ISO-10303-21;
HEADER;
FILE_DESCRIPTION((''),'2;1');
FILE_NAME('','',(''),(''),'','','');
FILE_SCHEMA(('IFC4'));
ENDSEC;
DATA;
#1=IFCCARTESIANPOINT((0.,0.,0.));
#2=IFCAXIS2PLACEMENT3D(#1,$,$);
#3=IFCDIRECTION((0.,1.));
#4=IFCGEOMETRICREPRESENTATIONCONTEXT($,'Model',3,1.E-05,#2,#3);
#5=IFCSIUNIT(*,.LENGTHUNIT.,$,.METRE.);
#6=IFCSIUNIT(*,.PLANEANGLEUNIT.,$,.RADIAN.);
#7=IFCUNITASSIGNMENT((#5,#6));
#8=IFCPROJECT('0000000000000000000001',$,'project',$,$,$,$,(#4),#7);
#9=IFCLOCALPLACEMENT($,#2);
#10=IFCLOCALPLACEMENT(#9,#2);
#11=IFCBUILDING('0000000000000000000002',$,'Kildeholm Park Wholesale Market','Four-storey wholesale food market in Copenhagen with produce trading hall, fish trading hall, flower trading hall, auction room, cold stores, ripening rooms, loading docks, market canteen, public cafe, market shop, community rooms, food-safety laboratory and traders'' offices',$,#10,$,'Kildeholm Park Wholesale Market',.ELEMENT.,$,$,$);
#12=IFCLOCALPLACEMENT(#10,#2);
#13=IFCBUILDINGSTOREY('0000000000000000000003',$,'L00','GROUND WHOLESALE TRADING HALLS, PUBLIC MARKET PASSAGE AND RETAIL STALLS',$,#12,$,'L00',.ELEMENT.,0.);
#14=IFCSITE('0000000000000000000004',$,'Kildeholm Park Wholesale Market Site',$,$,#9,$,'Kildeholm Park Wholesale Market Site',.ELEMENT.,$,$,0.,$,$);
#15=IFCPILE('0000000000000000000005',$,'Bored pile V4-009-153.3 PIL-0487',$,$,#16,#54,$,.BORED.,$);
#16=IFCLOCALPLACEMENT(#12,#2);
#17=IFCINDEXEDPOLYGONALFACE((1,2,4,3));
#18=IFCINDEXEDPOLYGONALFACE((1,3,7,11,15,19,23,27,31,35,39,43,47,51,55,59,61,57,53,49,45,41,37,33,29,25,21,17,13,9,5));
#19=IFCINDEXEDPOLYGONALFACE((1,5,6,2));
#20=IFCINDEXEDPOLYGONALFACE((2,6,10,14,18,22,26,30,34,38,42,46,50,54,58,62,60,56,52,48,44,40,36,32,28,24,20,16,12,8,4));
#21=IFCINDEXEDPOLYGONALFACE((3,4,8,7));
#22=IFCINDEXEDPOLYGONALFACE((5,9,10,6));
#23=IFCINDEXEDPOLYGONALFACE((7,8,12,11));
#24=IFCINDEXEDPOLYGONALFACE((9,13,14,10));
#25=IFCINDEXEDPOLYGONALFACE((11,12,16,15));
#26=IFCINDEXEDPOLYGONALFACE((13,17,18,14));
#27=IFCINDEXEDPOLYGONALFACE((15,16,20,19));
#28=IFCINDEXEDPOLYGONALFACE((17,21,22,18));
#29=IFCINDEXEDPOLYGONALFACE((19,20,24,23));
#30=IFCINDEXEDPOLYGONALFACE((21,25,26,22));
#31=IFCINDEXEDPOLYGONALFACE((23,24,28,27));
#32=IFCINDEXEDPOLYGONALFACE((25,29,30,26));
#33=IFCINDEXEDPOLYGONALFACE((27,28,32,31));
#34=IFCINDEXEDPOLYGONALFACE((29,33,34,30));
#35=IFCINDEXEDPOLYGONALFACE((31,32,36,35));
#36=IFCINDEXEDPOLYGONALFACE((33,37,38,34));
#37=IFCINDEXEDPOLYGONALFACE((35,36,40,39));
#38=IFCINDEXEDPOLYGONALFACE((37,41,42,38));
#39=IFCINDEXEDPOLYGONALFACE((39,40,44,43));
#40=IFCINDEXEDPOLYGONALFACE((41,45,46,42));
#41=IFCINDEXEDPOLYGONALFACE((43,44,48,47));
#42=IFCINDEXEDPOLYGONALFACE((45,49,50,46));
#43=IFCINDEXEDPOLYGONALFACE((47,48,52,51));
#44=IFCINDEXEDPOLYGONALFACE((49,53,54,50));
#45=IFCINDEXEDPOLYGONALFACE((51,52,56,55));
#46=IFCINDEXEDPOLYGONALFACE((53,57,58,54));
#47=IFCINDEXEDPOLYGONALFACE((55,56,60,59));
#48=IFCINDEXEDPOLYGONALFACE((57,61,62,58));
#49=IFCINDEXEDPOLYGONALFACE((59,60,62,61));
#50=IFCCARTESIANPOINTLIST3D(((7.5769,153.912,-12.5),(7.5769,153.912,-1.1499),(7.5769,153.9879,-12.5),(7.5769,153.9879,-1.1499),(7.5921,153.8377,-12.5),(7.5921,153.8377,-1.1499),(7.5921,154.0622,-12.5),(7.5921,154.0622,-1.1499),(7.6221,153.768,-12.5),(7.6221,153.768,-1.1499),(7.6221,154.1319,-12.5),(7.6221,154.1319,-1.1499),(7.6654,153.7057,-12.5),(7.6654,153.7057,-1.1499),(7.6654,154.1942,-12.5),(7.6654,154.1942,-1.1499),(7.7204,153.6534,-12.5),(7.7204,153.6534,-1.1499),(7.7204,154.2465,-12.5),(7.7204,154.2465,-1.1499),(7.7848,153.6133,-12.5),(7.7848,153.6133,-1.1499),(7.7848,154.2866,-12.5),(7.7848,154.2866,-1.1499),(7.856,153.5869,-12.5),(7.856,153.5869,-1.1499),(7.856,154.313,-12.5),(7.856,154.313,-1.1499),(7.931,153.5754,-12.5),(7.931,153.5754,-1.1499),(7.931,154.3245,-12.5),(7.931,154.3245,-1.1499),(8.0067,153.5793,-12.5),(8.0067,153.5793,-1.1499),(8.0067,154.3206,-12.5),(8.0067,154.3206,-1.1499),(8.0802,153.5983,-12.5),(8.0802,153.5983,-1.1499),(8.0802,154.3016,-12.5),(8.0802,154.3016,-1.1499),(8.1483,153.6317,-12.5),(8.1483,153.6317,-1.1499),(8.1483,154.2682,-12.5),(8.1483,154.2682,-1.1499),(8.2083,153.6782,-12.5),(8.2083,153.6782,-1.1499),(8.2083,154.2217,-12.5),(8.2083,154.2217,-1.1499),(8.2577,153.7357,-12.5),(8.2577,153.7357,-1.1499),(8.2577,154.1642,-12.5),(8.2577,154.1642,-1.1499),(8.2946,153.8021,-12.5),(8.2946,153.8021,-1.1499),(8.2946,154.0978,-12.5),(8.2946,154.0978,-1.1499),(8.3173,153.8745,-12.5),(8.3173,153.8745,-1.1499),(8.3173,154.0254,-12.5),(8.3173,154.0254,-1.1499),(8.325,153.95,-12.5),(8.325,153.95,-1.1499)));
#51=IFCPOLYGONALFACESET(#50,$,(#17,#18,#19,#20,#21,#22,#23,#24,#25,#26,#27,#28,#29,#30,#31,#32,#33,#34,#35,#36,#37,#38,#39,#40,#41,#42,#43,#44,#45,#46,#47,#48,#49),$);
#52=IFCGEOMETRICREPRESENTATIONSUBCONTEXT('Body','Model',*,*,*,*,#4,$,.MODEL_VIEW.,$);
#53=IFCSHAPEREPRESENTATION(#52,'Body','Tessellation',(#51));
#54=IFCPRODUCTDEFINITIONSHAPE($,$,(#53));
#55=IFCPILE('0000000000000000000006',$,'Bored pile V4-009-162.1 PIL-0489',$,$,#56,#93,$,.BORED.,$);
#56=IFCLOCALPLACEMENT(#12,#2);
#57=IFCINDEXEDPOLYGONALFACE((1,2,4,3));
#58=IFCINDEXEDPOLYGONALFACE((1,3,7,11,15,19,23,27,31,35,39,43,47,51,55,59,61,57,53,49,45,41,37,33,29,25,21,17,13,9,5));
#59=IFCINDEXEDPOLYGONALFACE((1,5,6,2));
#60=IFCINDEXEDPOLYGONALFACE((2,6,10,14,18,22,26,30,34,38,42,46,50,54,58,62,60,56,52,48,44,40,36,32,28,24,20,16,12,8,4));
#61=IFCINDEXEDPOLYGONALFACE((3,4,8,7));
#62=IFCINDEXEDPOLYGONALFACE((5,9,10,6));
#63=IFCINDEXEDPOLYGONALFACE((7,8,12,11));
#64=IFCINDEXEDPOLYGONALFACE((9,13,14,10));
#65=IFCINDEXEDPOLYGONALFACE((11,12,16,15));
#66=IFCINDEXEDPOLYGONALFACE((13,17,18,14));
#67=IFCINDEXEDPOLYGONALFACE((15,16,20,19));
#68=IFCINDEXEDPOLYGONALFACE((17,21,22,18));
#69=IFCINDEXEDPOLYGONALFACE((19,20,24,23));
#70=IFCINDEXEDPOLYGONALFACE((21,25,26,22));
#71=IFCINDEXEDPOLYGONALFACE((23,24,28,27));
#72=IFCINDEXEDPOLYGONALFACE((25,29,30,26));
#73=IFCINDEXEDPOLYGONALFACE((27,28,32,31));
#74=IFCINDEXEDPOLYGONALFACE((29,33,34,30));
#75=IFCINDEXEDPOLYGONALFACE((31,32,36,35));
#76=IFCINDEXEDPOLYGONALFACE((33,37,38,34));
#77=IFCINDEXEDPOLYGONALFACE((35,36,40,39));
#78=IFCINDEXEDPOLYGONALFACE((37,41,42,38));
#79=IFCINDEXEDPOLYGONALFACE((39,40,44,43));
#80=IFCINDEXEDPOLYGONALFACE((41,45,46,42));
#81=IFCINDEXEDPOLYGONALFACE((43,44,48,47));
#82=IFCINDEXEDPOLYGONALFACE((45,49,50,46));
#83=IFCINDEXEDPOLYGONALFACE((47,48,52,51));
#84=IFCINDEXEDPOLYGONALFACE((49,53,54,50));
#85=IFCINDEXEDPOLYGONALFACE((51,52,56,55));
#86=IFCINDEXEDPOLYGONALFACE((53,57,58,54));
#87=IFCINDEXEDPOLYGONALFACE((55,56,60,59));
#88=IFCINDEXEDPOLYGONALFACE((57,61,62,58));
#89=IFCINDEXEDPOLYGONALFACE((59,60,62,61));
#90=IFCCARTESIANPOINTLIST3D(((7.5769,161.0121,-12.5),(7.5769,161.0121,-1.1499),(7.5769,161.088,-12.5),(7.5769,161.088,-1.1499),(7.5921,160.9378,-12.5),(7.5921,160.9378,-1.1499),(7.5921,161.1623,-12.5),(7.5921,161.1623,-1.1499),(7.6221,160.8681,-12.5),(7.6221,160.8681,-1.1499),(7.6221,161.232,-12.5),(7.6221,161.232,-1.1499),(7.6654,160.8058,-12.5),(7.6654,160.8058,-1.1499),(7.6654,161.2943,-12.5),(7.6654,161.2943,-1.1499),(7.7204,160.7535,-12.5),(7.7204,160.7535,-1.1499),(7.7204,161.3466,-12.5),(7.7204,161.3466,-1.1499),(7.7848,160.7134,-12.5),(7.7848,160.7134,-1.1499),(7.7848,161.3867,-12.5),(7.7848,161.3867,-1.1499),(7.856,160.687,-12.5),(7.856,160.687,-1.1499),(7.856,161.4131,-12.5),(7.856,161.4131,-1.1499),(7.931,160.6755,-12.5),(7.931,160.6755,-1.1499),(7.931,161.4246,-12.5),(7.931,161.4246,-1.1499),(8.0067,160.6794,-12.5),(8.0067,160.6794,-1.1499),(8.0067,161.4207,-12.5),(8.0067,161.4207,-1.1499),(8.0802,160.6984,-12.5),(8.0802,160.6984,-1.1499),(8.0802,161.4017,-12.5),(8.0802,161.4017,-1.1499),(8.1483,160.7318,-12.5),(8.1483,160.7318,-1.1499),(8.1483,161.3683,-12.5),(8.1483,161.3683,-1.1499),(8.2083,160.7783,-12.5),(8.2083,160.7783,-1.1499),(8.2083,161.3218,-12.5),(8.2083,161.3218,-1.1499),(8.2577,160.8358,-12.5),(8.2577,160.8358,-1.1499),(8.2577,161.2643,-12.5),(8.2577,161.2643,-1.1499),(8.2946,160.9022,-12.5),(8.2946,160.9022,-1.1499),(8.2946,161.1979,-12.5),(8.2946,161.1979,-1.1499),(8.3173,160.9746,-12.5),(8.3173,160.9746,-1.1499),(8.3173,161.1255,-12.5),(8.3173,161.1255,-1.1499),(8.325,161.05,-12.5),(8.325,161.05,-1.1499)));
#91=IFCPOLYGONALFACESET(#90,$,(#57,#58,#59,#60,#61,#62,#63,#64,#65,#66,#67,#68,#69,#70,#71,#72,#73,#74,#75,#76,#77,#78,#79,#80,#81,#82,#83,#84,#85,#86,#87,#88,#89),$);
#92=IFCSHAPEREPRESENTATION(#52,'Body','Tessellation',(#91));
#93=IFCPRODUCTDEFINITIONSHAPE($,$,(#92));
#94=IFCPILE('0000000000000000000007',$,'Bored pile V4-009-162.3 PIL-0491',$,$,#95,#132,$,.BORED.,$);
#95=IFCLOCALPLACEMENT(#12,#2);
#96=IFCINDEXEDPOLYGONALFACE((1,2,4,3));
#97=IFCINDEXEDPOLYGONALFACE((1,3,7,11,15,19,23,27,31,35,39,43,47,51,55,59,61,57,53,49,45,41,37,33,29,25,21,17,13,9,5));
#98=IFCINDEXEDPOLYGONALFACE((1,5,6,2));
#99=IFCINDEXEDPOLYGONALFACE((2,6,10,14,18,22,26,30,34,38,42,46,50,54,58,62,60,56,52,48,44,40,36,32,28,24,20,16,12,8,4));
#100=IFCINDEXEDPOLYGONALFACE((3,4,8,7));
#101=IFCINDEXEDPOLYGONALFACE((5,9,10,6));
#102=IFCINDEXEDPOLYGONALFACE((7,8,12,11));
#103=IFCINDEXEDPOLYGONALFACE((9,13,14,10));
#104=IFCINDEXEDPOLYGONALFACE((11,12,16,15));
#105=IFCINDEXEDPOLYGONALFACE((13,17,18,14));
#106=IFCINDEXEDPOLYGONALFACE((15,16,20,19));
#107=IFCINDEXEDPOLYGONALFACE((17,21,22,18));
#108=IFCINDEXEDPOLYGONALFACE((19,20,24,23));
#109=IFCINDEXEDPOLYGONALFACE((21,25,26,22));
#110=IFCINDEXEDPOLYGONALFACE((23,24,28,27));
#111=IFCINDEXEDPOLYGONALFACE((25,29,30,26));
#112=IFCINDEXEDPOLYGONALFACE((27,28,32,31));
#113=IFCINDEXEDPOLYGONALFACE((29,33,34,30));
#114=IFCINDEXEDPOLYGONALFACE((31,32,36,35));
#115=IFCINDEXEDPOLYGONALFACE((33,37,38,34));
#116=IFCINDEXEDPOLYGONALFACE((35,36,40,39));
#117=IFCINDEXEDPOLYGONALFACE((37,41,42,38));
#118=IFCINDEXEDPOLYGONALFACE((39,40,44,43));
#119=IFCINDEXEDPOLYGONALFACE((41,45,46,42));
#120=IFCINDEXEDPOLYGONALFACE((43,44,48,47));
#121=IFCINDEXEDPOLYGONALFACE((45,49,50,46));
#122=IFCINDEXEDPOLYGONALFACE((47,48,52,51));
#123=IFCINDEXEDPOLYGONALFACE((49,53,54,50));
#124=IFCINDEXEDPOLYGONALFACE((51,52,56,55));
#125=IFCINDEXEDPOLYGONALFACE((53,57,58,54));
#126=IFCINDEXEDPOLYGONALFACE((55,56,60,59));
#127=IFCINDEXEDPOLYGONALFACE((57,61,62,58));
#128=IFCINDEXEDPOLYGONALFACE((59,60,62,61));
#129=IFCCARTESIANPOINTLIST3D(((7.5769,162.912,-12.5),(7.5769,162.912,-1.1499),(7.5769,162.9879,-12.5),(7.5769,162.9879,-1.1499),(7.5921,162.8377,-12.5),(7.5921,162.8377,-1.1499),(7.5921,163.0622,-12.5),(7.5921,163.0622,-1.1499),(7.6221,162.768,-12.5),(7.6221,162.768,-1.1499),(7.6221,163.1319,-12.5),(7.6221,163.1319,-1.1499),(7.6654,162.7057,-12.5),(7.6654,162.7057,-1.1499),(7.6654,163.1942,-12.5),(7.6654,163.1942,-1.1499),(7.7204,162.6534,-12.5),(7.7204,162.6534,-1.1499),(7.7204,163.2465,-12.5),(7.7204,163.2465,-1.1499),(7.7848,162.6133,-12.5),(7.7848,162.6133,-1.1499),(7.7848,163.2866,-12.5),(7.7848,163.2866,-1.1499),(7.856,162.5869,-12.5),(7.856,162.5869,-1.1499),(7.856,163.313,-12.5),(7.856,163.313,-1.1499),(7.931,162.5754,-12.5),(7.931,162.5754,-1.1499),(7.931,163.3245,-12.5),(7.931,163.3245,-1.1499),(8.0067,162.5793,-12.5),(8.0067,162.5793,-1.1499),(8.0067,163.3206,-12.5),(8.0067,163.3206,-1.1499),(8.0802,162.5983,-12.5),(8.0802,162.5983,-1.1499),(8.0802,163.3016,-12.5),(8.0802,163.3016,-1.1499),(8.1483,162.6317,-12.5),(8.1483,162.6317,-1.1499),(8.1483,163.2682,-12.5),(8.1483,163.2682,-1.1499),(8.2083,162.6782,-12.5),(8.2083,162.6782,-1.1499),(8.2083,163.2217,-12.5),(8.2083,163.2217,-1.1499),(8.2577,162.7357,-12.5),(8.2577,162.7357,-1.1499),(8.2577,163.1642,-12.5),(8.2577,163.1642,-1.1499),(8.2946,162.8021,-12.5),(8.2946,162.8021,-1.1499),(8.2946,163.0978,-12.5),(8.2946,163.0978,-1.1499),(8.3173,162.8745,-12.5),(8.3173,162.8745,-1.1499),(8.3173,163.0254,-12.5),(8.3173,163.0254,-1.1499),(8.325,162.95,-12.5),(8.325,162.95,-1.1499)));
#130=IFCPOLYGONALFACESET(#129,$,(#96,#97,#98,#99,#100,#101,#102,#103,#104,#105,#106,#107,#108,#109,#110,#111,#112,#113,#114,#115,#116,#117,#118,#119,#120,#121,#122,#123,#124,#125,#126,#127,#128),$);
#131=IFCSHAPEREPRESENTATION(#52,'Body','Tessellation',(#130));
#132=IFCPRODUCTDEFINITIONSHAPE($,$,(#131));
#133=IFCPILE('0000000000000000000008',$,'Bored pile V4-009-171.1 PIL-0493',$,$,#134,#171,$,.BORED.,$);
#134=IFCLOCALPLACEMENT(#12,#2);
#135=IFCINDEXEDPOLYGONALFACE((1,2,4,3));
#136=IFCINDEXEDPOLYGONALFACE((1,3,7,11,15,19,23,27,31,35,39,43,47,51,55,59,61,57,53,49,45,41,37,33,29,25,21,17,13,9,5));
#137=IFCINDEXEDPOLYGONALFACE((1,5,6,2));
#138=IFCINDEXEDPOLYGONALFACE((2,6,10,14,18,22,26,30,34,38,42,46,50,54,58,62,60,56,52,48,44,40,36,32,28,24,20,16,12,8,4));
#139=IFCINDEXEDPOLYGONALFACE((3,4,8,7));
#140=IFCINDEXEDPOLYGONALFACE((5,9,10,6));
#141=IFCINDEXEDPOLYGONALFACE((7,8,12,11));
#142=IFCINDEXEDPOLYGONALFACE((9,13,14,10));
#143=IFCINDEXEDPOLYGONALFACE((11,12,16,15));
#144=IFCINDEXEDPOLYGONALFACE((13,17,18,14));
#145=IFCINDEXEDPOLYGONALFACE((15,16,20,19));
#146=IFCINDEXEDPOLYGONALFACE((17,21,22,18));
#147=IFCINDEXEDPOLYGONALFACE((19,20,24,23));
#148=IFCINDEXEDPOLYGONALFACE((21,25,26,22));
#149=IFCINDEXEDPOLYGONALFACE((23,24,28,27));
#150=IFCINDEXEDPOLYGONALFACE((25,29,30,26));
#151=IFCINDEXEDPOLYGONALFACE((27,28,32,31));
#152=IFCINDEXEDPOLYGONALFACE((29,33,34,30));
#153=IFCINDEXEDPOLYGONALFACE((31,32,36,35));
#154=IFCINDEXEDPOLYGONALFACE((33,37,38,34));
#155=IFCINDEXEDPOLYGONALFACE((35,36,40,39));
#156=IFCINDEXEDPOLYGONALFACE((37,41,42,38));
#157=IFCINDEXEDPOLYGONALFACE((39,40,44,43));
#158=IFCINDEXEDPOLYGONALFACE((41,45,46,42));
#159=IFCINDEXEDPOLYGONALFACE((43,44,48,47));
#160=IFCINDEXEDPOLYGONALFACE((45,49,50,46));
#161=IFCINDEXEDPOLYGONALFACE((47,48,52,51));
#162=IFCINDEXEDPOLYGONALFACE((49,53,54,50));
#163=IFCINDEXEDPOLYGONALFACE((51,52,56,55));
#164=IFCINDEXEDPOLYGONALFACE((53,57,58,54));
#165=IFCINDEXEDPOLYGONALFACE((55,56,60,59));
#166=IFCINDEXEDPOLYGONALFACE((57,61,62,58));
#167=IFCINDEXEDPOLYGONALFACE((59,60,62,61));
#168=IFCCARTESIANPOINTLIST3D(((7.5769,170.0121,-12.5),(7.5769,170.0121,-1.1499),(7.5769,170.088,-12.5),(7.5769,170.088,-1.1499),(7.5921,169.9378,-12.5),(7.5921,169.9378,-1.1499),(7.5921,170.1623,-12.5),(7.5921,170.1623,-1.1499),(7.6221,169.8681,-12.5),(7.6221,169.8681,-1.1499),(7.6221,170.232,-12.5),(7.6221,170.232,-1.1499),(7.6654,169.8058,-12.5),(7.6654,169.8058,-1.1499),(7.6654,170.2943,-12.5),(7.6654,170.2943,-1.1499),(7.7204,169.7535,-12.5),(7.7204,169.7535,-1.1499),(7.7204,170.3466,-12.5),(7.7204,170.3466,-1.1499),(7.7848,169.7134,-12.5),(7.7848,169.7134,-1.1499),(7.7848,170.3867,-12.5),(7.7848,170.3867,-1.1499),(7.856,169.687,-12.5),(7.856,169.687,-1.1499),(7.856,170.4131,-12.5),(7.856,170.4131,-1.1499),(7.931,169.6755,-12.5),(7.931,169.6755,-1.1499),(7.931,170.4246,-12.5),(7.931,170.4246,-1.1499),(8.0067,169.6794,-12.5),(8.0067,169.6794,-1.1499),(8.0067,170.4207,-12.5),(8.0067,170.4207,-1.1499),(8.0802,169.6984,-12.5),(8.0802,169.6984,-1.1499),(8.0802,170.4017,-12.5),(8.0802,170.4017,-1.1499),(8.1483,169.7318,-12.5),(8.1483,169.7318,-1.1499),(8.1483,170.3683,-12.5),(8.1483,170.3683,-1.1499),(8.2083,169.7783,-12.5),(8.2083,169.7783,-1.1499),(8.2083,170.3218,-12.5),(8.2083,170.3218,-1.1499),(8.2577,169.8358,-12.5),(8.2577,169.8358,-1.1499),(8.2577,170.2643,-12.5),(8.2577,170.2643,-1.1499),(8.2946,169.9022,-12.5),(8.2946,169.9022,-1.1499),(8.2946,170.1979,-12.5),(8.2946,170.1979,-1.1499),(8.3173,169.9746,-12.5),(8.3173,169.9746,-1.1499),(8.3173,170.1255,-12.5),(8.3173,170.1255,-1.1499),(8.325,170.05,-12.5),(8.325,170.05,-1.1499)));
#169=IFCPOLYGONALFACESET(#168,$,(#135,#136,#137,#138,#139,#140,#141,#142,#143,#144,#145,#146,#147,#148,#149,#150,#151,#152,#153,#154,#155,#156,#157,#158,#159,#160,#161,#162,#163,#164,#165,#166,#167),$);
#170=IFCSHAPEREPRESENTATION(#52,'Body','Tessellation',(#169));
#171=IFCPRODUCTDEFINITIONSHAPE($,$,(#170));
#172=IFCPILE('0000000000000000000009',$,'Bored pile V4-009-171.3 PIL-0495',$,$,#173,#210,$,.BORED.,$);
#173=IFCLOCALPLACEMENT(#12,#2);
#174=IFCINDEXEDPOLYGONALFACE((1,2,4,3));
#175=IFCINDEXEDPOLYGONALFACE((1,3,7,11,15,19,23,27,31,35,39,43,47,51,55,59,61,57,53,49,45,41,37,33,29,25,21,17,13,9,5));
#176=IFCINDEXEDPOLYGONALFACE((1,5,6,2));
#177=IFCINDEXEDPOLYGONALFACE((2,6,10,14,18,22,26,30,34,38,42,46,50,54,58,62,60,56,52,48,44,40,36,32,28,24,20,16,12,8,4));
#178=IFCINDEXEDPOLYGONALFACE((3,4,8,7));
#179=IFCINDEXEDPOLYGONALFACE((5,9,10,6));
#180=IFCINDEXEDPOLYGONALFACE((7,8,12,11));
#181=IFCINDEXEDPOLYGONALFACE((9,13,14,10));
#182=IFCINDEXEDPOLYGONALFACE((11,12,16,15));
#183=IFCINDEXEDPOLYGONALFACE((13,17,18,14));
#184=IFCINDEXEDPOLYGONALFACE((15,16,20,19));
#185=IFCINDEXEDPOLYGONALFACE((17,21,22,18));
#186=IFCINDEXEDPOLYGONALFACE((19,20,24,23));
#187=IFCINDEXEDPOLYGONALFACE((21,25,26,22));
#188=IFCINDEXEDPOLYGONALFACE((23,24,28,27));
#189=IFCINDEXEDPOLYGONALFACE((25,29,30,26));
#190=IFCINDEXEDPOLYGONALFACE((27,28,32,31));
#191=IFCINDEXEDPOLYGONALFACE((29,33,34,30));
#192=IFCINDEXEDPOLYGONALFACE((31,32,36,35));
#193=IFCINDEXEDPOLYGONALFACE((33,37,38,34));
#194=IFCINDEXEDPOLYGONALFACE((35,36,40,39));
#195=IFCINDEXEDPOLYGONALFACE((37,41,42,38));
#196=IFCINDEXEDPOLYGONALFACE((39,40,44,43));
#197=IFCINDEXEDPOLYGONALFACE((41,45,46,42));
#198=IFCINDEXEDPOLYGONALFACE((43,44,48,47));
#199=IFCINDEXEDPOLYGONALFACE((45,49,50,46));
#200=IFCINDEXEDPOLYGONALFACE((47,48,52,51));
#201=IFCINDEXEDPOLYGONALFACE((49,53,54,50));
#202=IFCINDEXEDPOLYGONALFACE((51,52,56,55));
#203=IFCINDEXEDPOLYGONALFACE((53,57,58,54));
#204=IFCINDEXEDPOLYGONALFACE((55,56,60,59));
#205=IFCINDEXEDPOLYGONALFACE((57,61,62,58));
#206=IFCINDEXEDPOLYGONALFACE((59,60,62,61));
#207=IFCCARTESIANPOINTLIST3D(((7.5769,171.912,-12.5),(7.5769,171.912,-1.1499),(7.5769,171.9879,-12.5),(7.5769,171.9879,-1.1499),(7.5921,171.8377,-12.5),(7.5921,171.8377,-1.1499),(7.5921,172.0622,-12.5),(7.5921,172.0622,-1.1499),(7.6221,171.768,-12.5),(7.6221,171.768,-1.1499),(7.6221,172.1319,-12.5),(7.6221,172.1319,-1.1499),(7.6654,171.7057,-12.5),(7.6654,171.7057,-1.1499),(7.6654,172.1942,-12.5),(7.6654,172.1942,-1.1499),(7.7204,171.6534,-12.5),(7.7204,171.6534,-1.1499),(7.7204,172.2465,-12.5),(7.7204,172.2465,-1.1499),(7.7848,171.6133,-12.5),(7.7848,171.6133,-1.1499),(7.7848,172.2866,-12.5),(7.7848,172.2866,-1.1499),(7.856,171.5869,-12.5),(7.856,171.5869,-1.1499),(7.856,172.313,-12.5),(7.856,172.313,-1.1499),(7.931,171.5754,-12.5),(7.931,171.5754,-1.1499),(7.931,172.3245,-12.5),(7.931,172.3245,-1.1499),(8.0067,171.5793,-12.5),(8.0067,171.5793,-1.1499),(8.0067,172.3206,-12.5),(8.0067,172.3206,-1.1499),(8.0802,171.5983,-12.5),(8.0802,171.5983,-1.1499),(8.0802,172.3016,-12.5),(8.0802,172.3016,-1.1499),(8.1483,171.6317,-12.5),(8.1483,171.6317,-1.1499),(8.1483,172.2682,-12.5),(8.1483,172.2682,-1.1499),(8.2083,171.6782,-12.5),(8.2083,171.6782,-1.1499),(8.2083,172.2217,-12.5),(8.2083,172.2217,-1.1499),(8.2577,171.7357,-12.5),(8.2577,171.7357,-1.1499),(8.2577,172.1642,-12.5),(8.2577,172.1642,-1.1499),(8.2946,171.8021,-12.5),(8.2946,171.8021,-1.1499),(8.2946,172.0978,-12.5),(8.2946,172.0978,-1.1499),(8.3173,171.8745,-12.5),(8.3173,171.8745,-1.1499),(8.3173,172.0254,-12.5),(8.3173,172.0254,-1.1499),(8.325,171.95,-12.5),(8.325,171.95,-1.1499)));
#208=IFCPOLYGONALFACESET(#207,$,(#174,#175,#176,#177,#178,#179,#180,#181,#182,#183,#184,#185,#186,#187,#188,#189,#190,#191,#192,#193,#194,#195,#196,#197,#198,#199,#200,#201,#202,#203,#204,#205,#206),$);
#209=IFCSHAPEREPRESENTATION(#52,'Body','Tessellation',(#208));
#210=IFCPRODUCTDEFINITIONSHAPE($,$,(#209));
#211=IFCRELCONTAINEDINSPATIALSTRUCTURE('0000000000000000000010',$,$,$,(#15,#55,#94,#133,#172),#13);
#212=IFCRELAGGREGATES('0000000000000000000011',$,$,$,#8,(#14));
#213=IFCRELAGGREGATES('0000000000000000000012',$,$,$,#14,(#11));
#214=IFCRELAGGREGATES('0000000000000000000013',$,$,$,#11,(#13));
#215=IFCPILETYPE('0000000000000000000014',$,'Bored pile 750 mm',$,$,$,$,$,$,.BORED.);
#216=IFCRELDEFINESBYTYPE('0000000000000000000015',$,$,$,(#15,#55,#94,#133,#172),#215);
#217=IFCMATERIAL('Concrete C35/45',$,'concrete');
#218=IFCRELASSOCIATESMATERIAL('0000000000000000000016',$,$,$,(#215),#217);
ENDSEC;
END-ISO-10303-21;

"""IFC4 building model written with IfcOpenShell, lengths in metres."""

from ifc_helpers import new_model, si_unit, direction, frame, origin, origin_2d, place, context, subcontext, project, spatial, circle, extrude, material, material_profile, profile_set, type_object, element, save


model = new_model("IFC4")

# Units and contexts
model_context = context("Model", 3, precision=1e-05, world=origin(), true_north=direction((0.0, 1.0)))
body_context = subcontext(model_context, "Body", "Model", "MODEL_VIEW")
ifc_project = project(units=[si_unit("LENGTHUNIT", "METRE"), si_unit("PLANEANGLEUNIT", "RADIAN")], contexts=[model_context])

# Site, building, storey
site_placement = place(None, origin())
site = spatial("IfcSite", under=ifc_project, at=site_placement, Name="Kildeholm Park Wholesale Market Site", LongName="Kildeholm Park Wholesale Market Site", CompositionType="ELEMENT", RefElevation=0.0)
building_placement = place(site_placement, origin())
building = spatial("IfcBuilding", under=site, at=building_placement, Name="Kildeholm Park Wholesale Market", Description="Four-storey wholesale food market in Copenhagen with produce trading hall, fish trading hall, flower trading hall, auction room, cold stores, ripening rooms, loading docks, market canteen, public cafe, market shop, community rooms, food-safety laboratory and traders' offices", LongName="Kildeholm Park Wholesale Market", CompositionType="ELEMENT")
storey_placement = place(building_placement, origin())
storey = spatial("IfcBuildingStorey", under=building, at=storey_placement, Name="L00", Description="GROUND WHOLESALE TRADING HALLS, PUBLIC MARKET PASSAGE AND RETAIL STALLS", LongName="L00", CompositionType="ELEMENT", Elevation=0.0)

# Piles
ifc_material_1 = material(Name="Concrete C35/45", Category="concrete")
ifc_material_profile_1 = material_profile(ifc_material_1, circle(Radius=0.375, at=origin_2d()), Name="PILE D750")
ifc_profile_set_1 = profile_set([ifc_material_profile_1], Name="Concrete C35/45")
pile_type = type_object("IfcPileType", Name="Bored pile 750 mm", PredefinedType="BORED", material=ifc_profile_set_1)
for number, where, z_axis, x_axis, name in (
    (1, (7.95, 153.95, -1.1499), (0.0, 0.0, -1.0), (1.0, 0.0, 0.0), "Bored pile V4-009-153.3 PIL-0487"),
    (2, (7.95, 161.05, -1.1499), (0.0, 0.0, -1.0), (1.0, 0.0, 0.0), "Bored pile V4-009-162.1 PIL-0489"),
    (3, (7.95, 162.95, -1.1499), (0.0, 0.0, -1.0), (1.0, 0.0, 0.0), "Bored pile V4-009-162.3 PIL-0491"),
    (4, (7.95, 170.05, -1.1499), (0.0, 0.0, -1.0), (1.0, 0.0, 0.0), "Bored pile V4-009-171.1 PIL-0493"),
    (5, (7.95, 171.95, -1.1499), (0.0, 0.0, -1.0), (1.0, 0.0, 0.0), "Bored pile V4-009-171.3 PIL-0495"),
):
    element("IfcPile", number, at=place(storey_placement, frame(where, z_axis=z_axis, x_axis=x_axis)), inside=storey, type_object=pile_type, Name=name, PredefinedType="BORED", context=body_context, shape_type="SweptSolid", body=[
        extrude(circle(Radius=0.375, at=origin_2d()), origin(), (0.0, 0.0, 1.0), 11.3501),
    ])

save(model, "model.ifc")
